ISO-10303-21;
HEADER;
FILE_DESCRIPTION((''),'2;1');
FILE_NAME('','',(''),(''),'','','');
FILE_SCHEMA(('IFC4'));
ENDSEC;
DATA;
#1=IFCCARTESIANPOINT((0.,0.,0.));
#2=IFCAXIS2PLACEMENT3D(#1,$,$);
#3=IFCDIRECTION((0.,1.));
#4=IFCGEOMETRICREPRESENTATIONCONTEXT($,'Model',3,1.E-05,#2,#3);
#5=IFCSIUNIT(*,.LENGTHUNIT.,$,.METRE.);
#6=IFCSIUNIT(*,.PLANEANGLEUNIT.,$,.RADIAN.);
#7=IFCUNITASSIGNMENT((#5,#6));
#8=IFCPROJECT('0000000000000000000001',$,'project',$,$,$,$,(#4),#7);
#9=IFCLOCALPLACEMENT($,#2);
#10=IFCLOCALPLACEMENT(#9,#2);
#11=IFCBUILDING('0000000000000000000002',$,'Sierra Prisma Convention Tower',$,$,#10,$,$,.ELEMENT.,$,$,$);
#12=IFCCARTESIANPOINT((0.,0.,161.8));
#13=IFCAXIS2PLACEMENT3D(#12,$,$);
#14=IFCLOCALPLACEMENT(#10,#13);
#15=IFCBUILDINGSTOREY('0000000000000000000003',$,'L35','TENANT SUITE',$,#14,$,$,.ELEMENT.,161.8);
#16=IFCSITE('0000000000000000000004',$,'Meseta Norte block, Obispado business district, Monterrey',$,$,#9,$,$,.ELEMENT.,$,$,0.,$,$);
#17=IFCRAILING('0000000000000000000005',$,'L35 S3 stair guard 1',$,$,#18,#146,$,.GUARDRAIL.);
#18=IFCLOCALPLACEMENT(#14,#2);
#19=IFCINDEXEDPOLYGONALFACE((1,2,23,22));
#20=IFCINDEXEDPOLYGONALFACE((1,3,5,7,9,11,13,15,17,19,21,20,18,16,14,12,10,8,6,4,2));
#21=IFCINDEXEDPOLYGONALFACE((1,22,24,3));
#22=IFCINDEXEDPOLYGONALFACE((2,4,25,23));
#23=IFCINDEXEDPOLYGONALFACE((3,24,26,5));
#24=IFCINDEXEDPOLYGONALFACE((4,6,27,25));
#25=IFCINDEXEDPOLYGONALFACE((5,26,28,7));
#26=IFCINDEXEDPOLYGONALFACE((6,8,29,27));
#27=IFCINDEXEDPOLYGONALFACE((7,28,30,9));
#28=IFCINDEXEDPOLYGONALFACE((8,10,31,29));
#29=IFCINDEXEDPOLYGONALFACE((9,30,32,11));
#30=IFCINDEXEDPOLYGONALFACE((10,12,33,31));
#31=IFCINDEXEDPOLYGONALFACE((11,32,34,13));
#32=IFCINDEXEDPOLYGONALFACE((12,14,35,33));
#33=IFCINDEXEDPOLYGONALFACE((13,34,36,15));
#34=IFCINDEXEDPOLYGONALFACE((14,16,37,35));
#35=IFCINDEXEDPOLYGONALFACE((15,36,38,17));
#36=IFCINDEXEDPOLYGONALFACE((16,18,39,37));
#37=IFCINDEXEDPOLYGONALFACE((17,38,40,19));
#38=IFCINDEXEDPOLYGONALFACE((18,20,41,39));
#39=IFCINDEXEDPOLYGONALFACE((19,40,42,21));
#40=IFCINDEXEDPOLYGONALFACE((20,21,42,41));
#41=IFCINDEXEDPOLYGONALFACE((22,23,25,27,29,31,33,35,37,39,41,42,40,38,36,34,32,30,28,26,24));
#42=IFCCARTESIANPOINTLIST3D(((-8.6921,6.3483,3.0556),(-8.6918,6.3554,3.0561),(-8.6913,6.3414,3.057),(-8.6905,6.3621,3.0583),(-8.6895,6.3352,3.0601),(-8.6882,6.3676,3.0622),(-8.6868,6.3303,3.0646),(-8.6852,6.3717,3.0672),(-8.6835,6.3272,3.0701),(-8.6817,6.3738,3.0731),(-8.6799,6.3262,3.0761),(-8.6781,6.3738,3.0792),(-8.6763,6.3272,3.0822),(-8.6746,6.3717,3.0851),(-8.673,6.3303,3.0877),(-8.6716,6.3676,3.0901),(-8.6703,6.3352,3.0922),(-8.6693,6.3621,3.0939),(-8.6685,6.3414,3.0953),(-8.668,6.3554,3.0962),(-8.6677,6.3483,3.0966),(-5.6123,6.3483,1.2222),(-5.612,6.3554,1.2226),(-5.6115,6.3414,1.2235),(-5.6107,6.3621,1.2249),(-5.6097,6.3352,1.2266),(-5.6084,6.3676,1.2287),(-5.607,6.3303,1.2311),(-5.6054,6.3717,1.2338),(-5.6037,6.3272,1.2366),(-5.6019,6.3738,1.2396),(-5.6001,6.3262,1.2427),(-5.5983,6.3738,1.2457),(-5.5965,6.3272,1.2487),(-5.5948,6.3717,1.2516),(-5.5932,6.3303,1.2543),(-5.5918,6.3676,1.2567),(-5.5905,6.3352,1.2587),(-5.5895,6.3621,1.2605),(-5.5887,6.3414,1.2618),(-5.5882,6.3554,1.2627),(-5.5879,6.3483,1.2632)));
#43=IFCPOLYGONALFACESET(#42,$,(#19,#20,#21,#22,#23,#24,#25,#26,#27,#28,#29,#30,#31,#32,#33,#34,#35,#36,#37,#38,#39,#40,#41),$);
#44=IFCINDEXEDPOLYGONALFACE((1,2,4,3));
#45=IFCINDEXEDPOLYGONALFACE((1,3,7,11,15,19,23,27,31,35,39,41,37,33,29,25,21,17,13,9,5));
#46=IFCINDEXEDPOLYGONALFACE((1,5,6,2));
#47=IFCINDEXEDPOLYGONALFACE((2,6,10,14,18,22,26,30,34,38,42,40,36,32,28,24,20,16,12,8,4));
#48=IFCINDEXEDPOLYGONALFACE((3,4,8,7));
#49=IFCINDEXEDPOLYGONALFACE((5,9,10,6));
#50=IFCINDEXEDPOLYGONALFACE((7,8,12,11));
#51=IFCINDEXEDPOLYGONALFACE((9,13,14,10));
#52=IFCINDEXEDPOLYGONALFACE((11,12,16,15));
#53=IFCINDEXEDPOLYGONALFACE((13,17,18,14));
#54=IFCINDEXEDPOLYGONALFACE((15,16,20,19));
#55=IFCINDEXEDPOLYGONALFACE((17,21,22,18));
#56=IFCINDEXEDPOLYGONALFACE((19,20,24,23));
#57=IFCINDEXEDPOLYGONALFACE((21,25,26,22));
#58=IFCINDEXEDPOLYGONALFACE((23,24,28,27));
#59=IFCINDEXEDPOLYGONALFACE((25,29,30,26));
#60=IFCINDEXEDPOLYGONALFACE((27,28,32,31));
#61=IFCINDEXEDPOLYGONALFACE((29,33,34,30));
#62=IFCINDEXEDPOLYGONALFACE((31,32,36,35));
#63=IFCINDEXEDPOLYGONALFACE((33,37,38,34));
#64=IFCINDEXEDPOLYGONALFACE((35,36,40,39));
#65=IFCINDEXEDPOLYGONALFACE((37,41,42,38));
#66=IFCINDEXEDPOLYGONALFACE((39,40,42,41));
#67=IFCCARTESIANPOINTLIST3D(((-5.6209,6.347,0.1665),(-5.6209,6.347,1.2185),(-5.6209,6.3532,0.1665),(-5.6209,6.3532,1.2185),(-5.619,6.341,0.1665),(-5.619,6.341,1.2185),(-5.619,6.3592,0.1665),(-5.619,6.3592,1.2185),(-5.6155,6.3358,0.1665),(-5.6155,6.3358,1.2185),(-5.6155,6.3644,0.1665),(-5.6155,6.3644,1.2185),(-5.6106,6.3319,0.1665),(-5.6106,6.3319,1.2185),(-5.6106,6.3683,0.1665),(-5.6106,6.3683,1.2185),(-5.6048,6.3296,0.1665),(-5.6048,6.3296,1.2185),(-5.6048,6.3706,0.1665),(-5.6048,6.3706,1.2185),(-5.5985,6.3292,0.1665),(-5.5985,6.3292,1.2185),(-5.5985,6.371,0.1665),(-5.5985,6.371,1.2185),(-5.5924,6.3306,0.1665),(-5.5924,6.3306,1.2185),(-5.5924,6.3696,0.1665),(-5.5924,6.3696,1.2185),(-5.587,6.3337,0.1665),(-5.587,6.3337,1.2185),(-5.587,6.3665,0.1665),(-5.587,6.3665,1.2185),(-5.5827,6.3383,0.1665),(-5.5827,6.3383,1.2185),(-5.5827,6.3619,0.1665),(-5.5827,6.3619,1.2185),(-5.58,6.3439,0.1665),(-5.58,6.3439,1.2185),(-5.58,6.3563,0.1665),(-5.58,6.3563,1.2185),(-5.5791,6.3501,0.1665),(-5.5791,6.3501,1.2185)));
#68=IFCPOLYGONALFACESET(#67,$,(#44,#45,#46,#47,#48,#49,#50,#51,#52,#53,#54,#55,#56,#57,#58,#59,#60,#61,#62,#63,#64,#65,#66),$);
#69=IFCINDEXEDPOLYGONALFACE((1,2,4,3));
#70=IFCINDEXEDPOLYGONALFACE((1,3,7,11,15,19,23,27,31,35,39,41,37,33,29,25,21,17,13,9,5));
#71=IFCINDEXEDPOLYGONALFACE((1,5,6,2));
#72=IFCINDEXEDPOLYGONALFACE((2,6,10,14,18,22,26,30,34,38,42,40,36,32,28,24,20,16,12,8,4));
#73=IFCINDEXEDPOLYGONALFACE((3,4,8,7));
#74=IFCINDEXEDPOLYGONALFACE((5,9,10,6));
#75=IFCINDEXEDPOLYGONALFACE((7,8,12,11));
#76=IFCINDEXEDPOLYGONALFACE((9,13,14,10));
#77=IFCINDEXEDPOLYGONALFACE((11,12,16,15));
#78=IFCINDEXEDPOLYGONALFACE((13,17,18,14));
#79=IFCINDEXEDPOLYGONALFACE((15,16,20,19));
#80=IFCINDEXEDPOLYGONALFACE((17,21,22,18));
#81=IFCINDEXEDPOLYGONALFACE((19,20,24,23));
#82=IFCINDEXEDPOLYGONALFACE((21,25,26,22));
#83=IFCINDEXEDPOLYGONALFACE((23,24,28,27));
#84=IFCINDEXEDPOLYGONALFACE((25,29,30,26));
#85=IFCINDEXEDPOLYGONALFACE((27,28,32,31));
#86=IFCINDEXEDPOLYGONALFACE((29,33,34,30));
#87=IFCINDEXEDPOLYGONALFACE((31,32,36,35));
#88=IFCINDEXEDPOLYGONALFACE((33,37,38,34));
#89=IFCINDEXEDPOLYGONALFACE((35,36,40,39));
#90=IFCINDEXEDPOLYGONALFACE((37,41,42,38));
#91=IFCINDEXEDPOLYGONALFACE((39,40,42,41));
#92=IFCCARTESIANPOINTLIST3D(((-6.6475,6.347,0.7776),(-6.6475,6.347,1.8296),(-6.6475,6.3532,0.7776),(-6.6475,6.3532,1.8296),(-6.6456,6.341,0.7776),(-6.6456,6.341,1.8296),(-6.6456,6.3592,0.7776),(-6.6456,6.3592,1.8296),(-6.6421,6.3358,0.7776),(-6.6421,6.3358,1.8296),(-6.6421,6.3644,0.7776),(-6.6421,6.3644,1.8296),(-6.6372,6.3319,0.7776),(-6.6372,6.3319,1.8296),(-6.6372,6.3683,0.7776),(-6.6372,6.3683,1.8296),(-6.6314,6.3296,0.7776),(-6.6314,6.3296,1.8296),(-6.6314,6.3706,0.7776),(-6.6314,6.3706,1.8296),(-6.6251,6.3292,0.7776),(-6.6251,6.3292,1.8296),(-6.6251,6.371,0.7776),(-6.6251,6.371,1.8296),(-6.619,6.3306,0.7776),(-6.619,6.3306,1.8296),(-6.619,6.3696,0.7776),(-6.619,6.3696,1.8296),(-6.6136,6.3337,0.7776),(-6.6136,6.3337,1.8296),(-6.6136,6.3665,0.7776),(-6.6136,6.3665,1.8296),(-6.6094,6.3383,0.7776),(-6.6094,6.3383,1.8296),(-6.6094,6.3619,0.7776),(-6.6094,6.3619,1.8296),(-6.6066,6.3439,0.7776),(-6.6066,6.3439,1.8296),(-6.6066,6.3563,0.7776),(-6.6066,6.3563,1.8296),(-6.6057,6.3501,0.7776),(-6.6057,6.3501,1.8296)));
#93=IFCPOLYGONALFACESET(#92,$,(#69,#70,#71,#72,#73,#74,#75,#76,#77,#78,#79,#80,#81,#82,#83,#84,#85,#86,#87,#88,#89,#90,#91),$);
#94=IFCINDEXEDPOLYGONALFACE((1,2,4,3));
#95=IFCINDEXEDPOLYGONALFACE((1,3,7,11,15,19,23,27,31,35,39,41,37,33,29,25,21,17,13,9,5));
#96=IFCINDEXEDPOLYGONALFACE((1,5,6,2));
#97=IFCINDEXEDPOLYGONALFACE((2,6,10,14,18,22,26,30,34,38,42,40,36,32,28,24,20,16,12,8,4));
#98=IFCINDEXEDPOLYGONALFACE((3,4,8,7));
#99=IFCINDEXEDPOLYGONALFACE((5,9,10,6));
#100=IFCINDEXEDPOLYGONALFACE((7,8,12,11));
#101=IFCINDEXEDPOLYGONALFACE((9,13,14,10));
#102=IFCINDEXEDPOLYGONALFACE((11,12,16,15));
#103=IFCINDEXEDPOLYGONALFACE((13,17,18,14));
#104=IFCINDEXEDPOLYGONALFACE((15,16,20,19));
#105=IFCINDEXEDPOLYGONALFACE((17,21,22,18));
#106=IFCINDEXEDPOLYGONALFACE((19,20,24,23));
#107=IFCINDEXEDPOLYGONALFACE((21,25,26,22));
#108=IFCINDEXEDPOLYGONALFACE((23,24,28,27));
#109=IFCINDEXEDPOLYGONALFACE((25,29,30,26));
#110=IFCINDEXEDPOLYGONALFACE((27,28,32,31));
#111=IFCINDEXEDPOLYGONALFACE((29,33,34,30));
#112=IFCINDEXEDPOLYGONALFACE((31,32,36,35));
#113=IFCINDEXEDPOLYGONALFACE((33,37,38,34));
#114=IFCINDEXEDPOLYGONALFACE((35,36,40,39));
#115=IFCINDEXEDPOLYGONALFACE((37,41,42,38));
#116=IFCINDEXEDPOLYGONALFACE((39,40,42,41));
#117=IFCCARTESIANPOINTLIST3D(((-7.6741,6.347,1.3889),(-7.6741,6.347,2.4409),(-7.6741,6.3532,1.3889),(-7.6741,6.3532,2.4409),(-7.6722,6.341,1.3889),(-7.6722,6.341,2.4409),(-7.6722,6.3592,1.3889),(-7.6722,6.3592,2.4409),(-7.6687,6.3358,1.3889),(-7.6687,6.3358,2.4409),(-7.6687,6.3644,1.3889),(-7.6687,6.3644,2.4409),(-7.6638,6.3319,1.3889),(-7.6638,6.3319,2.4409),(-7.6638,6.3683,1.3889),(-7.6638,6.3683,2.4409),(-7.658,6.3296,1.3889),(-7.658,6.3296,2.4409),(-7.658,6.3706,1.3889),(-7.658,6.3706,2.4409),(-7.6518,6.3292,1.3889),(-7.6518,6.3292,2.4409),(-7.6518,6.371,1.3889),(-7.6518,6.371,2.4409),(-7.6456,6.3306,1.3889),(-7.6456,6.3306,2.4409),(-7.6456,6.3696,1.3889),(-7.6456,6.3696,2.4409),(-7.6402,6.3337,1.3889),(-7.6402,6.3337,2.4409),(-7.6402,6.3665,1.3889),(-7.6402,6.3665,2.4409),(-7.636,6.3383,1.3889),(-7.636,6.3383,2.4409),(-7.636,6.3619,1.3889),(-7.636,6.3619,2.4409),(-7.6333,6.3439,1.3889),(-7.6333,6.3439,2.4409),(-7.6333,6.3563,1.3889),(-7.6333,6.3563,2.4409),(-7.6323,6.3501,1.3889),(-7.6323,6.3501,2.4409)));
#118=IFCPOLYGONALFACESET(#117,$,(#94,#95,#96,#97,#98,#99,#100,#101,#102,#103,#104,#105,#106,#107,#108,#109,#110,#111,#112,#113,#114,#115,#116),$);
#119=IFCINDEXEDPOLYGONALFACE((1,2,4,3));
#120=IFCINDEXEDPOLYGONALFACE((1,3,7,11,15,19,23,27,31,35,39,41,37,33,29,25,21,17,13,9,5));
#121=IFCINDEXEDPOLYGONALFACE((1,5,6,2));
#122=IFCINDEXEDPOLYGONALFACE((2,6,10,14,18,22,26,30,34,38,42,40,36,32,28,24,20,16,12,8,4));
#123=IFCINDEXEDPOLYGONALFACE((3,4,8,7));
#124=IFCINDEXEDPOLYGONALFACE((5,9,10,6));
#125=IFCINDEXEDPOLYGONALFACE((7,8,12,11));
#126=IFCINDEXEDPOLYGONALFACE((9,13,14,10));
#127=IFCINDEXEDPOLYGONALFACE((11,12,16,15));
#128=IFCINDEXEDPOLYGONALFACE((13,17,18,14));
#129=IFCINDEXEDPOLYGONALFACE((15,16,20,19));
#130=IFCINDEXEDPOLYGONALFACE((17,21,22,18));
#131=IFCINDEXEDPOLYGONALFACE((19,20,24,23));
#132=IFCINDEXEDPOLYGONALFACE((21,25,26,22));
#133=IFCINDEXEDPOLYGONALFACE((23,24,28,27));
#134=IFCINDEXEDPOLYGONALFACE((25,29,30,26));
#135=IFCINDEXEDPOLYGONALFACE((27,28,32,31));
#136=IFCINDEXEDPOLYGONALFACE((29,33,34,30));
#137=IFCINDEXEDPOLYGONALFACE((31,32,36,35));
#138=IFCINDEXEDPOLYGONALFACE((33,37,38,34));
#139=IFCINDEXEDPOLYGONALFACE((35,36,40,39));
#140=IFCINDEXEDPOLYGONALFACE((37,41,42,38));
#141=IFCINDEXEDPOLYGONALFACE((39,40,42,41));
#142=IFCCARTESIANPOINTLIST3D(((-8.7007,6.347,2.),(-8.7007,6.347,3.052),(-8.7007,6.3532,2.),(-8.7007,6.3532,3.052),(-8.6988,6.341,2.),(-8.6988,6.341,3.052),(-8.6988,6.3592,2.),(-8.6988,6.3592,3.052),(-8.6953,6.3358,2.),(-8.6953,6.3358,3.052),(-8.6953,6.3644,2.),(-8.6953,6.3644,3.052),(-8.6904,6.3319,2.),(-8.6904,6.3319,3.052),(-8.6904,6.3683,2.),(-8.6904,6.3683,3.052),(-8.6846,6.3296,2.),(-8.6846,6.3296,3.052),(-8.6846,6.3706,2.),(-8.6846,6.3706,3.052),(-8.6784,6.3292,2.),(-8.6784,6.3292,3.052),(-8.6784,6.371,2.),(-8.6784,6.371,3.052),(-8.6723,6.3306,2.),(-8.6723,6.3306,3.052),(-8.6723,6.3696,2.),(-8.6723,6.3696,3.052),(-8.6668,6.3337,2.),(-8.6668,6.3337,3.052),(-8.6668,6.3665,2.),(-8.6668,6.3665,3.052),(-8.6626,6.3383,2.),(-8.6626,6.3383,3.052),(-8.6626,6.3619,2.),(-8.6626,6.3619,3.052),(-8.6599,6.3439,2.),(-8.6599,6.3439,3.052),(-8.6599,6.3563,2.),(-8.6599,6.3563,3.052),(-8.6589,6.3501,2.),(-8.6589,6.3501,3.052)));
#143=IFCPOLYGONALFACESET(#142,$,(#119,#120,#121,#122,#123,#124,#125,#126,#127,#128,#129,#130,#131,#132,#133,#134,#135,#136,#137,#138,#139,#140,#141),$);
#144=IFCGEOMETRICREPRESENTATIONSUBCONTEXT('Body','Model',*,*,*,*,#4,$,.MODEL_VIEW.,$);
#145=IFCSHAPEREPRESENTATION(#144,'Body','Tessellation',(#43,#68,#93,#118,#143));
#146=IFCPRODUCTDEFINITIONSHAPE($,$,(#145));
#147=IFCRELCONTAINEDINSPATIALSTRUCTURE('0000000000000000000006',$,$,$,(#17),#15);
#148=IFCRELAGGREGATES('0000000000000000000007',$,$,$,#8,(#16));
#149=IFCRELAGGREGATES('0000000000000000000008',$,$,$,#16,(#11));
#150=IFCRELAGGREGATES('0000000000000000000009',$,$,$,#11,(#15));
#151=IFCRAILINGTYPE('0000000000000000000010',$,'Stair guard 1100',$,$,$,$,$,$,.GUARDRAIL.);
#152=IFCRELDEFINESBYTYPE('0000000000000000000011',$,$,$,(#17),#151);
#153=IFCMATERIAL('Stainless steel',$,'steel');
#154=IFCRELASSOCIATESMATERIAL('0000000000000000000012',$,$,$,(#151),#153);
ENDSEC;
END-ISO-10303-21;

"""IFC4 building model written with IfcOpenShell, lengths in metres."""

from ifc_helpers import new_model, si_unit, direction, frame, origin, origin_2d, place, context, subcontext, project, spatial, circle, extrude, material, type_object, element, save


model = new_model("IFC4")

# Units and contexts
model_context = context("Model", 3, precision=1e-05, world=origin(), true_north=direction((0.0, 1.0)))
body_context = subcontext(model_context, "Body", "Model", "MODEL_VIEW")
ifc_project = project(units=[si_unit("LENGTHUNIT", "METRE"), si_unit("PLANEANGLEUNIT", "RADIAN")], contexts=[model_context])

# Site, building, storey
site_placement = place(None, origin())
site = spatial("IfcSite", under=ifc_project, at=site_placement, Name="Meseta Norte block, Obispado business district, Monterrey", CompositionType="ELEMENT", RefElevation=0.0)
building_placement = place(site_placement, origin())
building = spatial("IfcBuilding", under=site, at=building_placement, Name="Sierra Prisma Convention Tower", CompositionType="ELEMENT")
storey_placement = place(building_placement, frame((0.0, 0.0, 161.8)))
storey = spatial("IfcBuildingStorey", under=building, at=storey_placement, Name="L35", Description="TENANT SUITE", CompositionType="ELEMENT", Elevation=161.8)

# Railing
ifc_material_1 = material(Name="Stainless steel", Category="steel")
railing_type_1 = type_object("IfcRailingType", Name="Stair guard 1100", PredefinedType="GUARDRAIL", material=ifc_material_1)
railing_1_placement = place(storey_placement, frame((-5.6001, 6.3501, 0.1665)))
element("IfcRailing", 1, at=railing_1_placement, inside=storey, type_object=railing_type_1, Name="L35 S3 stair guard 1", PredefinedType="GUARDRAIL", context=body_context, shape_type="SweptSolid", body=[
    extrude(circle(Radius=0.0239, at=origin_2d()), frame((0.0, 0.0, 1.0762), z_axis=(-0.859261, 0.0, 0.511538), x_axis=(0.0, -1.0, 0.0)), (0.0, 0.0, 1.0), 3.5842),
    extrude(circle(Radius=0.021, at=origin_2d()), origin(), (0.0, 0.0, 1.0), 1.052),
    extrude(circle(Radius=0.021, at=origin_2d()), frame((-1.0266, 0.0, 0.6111)), (0.0, 0.0, 1.0), 1.052),
    extrude(circle(Radius=0.021, at=origin_2d()), frame((-2.0532, 0.0, 1.2224)), (0.0, 0.0, 1.0), 1.052),
    extrude(circle(Radius=0.021, at=origin_2d()), frame((-3.0798, 0.0, 1.8335)), (0.0, 0.0, 1.0), 1.052),
])

save(model, "model.ifc")
